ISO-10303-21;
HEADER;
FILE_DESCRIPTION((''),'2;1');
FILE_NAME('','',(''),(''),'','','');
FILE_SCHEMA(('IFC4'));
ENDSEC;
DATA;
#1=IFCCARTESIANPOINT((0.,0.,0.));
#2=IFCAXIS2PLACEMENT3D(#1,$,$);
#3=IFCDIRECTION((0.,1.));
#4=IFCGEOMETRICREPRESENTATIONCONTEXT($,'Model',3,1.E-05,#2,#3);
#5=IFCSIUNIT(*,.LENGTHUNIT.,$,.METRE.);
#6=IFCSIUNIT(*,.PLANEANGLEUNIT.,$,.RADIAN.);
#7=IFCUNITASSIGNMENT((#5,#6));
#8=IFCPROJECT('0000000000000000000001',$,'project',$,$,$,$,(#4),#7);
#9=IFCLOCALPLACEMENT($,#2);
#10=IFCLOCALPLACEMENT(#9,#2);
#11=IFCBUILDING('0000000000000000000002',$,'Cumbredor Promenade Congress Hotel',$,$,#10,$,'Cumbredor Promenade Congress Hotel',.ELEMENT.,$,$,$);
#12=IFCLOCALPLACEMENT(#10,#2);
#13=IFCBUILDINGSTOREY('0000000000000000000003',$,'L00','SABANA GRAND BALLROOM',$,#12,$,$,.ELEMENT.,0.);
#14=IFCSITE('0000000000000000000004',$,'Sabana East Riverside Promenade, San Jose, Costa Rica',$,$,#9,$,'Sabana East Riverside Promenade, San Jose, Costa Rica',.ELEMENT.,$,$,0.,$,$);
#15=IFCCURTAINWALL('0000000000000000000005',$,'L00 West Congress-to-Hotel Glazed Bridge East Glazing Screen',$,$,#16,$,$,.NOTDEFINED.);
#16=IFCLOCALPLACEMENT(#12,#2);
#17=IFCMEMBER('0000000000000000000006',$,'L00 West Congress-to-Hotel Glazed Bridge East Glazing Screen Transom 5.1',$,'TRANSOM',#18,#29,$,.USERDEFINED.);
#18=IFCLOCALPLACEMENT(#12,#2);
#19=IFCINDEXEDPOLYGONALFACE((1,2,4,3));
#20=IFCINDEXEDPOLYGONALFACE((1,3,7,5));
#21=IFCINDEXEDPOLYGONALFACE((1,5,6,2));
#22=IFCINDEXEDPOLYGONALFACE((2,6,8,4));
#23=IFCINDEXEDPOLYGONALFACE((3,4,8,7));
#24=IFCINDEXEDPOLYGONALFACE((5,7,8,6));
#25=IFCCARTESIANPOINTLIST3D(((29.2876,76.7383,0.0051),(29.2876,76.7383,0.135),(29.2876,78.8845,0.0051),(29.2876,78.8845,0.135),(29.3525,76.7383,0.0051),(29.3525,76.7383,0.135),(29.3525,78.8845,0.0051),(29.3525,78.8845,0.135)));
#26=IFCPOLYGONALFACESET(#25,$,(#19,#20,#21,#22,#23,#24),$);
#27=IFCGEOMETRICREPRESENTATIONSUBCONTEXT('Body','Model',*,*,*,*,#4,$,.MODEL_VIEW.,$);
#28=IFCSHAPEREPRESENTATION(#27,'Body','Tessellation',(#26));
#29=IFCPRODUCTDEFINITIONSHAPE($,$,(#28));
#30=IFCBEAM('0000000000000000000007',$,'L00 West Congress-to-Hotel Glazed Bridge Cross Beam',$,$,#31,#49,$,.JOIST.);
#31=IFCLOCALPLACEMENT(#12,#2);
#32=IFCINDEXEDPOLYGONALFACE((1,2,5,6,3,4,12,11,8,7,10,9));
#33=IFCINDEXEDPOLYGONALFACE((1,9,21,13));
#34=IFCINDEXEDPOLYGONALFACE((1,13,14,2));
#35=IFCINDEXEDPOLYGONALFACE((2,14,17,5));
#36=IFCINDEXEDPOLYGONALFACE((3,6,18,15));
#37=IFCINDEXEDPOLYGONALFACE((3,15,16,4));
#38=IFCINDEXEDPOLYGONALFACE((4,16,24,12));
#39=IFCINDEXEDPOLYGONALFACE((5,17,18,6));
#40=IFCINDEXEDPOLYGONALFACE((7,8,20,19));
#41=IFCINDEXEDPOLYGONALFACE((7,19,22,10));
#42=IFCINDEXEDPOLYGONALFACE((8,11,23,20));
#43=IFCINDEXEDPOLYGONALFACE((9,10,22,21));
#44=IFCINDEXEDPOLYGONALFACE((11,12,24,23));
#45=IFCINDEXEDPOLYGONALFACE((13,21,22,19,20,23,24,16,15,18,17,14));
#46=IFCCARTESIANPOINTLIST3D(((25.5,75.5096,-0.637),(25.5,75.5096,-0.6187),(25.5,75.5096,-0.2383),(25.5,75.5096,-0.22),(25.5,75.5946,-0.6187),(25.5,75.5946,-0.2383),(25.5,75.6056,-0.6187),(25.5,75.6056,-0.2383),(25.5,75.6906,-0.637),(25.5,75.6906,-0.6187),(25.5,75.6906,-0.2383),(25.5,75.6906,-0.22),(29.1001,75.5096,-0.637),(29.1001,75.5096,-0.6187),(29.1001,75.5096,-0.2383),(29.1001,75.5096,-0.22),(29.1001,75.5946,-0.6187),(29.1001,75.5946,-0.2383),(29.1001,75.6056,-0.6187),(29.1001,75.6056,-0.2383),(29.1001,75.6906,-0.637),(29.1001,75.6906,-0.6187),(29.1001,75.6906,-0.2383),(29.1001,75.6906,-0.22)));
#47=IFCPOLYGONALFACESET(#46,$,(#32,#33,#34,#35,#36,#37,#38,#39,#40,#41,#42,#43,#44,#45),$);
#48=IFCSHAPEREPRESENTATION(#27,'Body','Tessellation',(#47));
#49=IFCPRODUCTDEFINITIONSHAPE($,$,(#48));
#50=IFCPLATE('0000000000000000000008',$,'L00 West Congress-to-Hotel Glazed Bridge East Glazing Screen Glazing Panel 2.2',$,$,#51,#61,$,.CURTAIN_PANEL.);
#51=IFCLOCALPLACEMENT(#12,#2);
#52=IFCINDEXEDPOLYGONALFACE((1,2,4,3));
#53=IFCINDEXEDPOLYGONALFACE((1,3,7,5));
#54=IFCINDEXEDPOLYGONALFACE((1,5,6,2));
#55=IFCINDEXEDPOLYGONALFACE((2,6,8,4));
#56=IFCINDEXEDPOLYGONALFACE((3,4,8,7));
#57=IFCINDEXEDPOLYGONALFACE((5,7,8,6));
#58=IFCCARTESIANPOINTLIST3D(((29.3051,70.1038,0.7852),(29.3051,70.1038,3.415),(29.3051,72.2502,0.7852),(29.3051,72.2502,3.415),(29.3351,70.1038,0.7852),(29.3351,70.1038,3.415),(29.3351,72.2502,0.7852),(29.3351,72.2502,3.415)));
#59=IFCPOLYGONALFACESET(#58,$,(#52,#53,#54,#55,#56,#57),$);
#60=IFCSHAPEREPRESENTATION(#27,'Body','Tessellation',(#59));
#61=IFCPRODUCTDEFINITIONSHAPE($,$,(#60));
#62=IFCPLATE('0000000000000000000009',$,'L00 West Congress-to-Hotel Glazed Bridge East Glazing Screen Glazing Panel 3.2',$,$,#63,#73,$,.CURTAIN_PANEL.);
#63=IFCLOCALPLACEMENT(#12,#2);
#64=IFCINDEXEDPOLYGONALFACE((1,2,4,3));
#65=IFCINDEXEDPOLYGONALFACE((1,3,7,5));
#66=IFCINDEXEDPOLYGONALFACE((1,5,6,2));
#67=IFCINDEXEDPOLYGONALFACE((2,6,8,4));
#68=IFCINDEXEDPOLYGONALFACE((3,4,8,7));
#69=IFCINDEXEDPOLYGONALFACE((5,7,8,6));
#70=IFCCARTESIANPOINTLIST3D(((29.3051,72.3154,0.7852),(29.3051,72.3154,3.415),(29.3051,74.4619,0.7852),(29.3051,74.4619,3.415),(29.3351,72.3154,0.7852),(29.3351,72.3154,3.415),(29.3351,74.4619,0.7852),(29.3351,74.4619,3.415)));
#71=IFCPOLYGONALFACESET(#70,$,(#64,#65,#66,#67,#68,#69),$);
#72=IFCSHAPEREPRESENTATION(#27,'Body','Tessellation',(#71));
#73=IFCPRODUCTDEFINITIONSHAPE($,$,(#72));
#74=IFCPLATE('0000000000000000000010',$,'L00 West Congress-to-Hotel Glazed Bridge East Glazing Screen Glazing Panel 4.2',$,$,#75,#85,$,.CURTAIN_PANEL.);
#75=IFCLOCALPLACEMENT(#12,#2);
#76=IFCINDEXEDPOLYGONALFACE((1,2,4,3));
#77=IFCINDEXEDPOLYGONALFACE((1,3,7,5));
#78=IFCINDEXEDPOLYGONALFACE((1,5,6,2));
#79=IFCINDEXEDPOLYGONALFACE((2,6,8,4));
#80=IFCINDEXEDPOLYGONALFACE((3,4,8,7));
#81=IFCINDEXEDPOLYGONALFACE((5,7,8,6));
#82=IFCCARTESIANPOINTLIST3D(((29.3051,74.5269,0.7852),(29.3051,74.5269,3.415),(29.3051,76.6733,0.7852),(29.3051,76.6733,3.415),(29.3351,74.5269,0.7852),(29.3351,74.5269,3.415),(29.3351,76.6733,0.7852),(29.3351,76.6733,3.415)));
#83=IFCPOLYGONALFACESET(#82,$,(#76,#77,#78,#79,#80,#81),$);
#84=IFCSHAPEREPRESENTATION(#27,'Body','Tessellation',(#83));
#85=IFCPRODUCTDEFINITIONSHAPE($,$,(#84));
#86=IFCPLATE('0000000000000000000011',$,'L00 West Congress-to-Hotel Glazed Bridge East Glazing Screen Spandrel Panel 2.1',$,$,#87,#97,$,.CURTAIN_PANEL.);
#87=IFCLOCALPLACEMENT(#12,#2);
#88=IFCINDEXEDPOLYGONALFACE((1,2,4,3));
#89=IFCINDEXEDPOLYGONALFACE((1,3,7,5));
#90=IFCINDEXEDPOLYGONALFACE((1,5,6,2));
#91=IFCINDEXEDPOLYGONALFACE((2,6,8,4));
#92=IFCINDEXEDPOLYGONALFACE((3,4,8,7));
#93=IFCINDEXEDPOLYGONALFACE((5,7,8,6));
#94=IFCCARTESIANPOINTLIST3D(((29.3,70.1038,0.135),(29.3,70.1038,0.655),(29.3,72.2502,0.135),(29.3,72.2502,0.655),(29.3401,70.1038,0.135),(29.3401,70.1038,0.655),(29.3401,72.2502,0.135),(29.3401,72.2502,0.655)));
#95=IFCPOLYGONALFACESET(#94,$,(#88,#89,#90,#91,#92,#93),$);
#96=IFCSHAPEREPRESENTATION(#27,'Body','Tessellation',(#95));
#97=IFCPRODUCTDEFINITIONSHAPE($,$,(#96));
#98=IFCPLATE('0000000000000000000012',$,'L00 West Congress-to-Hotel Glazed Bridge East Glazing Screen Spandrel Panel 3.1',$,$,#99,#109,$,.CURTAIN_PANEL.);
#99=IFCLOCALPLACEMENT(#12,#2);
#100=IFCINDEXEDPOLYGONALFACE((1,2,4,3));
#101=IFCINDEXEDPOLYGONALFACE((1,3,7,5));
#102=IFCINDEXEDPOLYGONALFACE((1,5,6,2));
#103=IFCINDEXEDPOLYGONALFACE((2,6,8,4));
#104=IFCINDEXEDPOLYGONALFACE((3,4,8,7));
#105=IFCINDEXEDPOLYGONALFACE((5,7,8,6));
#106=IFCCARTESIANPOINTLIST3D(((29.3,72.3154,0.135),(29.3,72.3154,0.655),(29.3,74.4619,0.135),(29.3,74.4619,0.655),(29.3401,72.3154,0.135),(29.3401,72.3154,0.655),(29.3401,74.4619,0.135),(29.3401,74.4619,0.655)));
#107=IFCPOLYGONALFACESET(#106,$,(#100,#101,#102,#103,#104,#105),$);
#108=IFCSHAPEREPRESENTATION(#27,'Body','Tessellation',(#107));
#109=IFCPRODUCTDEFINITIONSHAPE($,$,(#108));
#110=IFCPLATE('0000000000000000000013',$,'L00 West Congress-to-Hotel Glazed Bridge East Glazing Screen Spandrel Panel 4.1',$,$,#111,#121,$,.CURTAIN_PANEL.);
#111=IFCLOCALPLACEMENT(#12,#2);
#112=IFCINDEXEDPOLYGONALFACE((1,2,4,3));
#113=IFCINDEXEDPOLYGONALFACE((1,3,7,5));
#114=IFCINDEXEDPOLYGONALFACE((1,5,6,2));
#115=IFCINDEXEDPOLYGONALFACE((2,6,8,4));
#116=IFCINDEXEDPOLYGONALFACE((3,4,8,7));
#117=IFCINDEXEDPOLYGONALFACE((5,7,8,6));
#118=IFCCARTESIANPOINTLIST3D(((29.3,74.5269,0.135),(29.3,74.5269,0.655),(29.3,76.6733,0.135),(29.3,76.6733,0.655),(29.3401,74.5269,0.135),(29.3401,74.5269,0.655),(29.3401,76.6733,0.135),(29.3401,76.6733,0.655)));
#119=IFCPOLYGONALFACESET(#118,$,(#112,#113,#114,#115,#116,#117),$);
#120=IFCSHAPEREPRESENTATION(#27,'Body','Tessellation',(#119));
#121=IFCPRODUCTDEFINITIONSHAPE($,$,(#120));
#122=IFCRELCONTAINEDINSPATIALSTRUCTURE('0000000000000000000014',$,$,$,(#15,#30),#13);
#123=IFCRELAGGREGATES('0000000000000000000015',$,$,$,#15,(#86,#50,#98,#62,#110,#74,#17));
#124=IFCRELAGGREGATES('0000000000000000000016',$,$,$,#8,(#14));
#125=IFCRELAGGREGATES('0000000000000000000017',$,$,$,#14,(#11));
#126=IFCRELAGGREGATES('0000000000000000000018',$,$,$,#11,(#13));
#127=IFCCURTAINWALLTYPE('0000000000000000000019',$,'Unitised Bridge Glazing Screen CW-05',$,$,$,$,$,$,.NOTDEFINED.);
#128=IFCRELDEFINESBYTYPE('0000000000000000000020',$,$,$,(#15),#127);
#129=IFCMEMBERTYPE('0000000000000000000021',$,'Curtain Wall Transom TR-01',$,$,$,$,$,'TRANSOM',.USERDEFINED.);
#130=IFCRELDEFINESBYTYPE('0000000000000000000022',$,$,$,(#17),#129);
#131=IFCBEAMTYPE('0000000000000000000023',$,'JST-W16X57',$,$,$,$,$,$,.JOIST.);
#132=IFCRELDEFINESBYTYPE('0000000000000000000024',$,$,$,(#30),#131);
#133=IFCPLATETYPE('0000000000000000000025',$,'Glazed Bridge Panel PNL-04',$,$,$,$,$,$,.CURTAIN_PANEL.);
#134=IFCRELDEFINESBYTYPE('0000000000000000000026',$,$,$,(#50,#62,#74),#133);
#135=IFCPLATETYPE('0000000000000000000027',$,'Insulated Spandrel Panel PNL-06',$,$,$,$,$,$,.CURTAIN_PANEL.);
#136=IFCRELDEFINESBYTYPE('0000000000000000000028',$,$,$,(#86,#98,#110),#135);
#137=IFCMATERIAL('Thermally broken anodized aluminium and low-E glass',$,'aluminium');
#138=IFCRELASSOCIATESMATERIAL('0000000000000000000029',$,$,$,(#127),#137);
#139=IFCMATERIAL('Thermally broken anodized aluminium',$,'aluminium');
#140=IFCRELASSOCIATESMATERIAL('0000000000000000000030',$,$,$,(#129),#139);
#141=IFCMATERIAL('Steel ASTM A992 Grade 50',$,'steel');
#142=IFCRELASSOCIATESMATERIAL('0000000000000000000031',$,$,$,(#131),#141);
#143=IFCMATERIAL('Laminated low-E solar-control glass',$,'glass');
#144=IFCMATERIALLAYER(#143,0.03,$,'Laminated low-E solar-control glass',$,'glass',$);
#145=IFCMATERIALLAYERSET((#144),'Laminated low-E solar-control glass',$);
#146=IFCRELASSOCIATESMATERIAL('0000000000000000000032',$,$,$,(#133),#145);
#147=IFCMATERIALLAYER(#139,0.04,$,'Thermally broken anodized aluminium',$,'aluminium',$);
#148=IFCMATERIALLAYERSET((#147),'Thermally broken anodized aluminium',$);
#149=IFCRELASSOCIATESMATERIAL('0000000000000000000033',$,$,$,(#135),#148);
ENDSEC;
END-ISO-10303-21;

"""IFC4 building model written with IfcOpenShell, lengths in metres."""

from ifc_helpers import new_model, si_unit, direction, frame, origin, origin_2d, place, context, subcontext, project, spatial, rectangle, i_section, extrude, material, layer, layer_set, material_profile, profile_set, type_object, element, aggregate, save


model = new_model("IFC4")

# Units and contexts
model_context = context("Model", 3, precision=1e-05, world=origin(), true_north=direction((0.0, 1.0)))
body_context = subcontext(model_context, "Body", "Model", "MODEL_VIEW")
ifc_project = project(units=[si_unit("LENGTHUNIT", "METRE"), si_unit("PLANEANGLEUNIT", "RADIAN")], contexts=[model_context])

# Site, building, storey
site_placement = place(None, origin())
site = spatial("IfcSite", under=ifc_project, at=site_placement, Name="Sabana East Riverside Promenade, San Jose, Costa Rica", LongName="Sabana East Riverside Promenade, San Jose, Costa Rica", CompositionType="ELEMENT", RefElevation=0.0)
building_placement = place(site_placement, origin())
building = spatial("IfcBuilding", under=site, at=building_placement, Name="Cumbredor Promenade Congress Hotel", LongName="Cumbredor Promenade Congress Hotel", CompositionType="ELEMENT")
storey_placement = place(building_placement, origin())
storey = spatial("IfcBuildingStorey", under=building, at=storey_placement, Name="L00", Description="SABANA GRAND BALLROOM", CompositionType="ELEMENT", Elevation=0.0)

# Shared definitions
ifc_material_1 = material(Name="Thermally broken anodized aluminium and low-E glass", Category="aluminium")
curtain_wall_type = type_object("IfcCurtainWallType", Name="Unitised Bridge Glazing Screen CW-05", PredefinedType="NOTDEFINED", material=ifc_material_1)
ifc_material_2 = material(Name="Thermally broken anodized aluminium", Category="aluminium")

# Curtain wall
curtain_wall_1_placement = place(storey_placement, origin())
curtain_wall_1 = element("IfcCurtainWall", 1, at=curtain_wall_1_placement, inside=storey, type_object=curtain_wall_type, Name="L00 West Congress-to-Hotel Glazed Bridge East Glazing Screen", PredefinedType="NOTDEFINED")

# Member
ifc_material_profile_1 = material_profile(ifc_material_2, rectangle(XDim=0.0649, YDim=0.1299, at=origin_2d()), Name="ALU TRANSOM 65x130")
ifc_profile_set_1 = profile_set([ifc_material_profile_1], Name="Thermally broken anodized aluminium")
member_type_1 = type_object("IfcMemberType", Name="Curtain Wall Transom TR-01", ElementType="TRANSOM", PredefinedType="USERDEFINED", material=ifc_profile_set_1)
member_1_placement = place(storey_placement, frame((29.3201, 76.7383, 0.0701), z_axis=(0.0, 1.0, 0.0), x_axis=(-1.0, 0.0, 0.0)))
member_1 = element("IfcMember", 2, at=member_1_placement, type_object=member_type_1, Name="L00 West Congress-to-Hotel Glazed Bridge East Glazing Screen Transom 5.1", ObjectType="TRANSOM", PredefinedType="USERDEFINED", context=body_context, shape_type="SweptSolid", body=[
    extrude(rectangle(XDim=0.0649, YDim=0.1299, at=origin_2d()), origin(), (0.0, 0.0, 1.0), 2.1462),
])

# Beam
ifc_material_3 = material(Name="Steel ASTM A992 Grade 50", Category="steel")
ifc_material_profile_2 = material_profile(ifc_material_3, i_section(OverallWidth=0.1809, OverallDepth=0.417, WebThickness=0.011, FlangeThickness=0.0183, at=origin_2d()), Name="W16X57")
ifc_profile_set_2 = profile_set([ifc_material_profile_2], Name="Steel ASTM A992 Grade 50")
beam_type = type_object("IfcBeamType", Name="JST-W16X57", PredefinedType="JOIST", material=ifc_profile_set_2)
beam_placement = place(storey_placement, frame((25.5, 75.6001, -0.4285), z_axis=(1.0, 0.0, 0.0), x_axis=(0.0, 1.0, 0.0)))
element("IfcBeam", 3, at=beam_placement, inside=storey, type_object=beam_type, Name="L00 West Congress-to-Hotel Glazed Bridge Cross Beam", PredefinedType="JOIST", context=body_context, shape_type="SweptSolid", body=[
    extrude(i_section(OverallWidth=0.1809, OverallDepth=0.417, WebThickness=0.011, FlangeThickness=0.0183, at=origin_2d()), origin(), (0.0, 0.0, 1.0), 3.6001),
])

# Plates
ifc_material_4 = material(Name="Laminated low-E solar-control glass", Category="glass")
ifc_layer_1 = layer(ifc_material_4, 0.03, Name="Laminated low-E solar-control glass", Category="glass")
ifc_layer_set_1 = layer_set([ifc_layer_1], Name="Laminated low-E solar-control glass")
plate_type_1 = type_object("IfcPlateType", Name="Glazed Bridge Panel PNL-04", PredefinedType="CURTAIN_PANEL", material=ifc_layer_set_1)
plate_1_placement = place(storey_placement, frame((29.3201, 71.177, 0.7852), z_axis=(0.0, 0.0, 1.0), x_axis=(0.0, 1.0, 0.0)))
plate_1 = element("IfcPlate", 4, at=plate_1_placement, type_object=plate_type_1, Name="L00 West Congress-to-Hotel Glazed Bridge East Glazing Screen Glazing Panel 2.2", PredefinedType="CURTAIN_PANEL", context=body_context, shape_type="SweptSolid", body=[
    extrude(rectangle(XDim=2.1465, YDim=0.03, at=origin_2d()), origin(), (0.0, 0.0, 1.0), 2.6299),
])
plate_2_placement = place(storey_placement, frame((29.3201, 73.3887, 0.7852), z_axis=(0.0, 0.0, 1.0), x_axis=(0.0, 1.0, 0.0)))
plate_2 = element("IfcPlate", 5, at=plate_2_placement, type_object=plate_type_1, Name="L00 West Congress-to-Hotel Glazed Bridge East Glazing Screen Glazing Panel 3.2", PredefinedType="CURTAIN_PANEL", context=body_context, shape_type="SweptSolid", body=[
    extrude(rectangle(XDim=2.1465, YDim=0.03, at=origin_2d()), origin(), (0.0, 0.0, 1.0), 2.6299),
])
plate_3_placement = place(storey_placement, frame((29.3201, 75.6001, 0.7852), z_axis=(0.0, 0.0, 1.0), x_axis=(0.0, 1.0, 0.0)))
plate_3 = element("IfcPlate", 6, at=plate_3_placement, type_object=plate_type_1, Name="L00 West Congress-to-Hotel Glazed Bridge East Glazing Screen Glazing Panel 4.2", PredefinedType="CURTAIN_PANEL", context=body_context, shape_type="SweptSolid", body=[
    extrude(rectangle(XDim=2.1465, YDim=0.03, at=origin_2d()), origin(), (0.0, 0.0, 1.0), 2.6299),
])
ifc_layer_2 = layer(ifc_material_2, 0.04, Name="Thermally broken anodized aluminium", Category="aluminium")
ifc_layer_set_2 = layer_set([ifc_layer_2], Name="Thermally broken anodized aluminium")
plate_type_2 = type_object("IfcPlateType", Name="Insulated Spandrel Panel PNL-06", PredefinedType="CURTAIN_PANEL", material=ifc_layer_set_2)
plate_4_placement = place(storey_placement, frame((29.3201, 71.177, 0.135), z_axis=(0.0, 0.0, 1.0), x_axis=(0.0, 1.0, 0.0)))
plate_4 = element("IfcPlate", 7, at=plate_4_placement, type_object=plate_type_2, Name="L00 West Congress-to-Hotel Glazed Bridge East Glazing Screen Spandrel Panel 2.1", PredefinedType="CURTAIN_PANEL", context=body_context, shape_type="SweptSolid", body=[
    extrude(rectangle(XDim=2.1465, YDim=0.04, at=origin_2d()), origin(), (0.0, 0.0, 1.0), 0.52),
])
plate_5_placement = place(storey_placement, frame((29.3201, 73.3887, 0.135), z_axis=(0.0, 0.0, 1.0), x_axis=(0.0, 1.0, 0.0)))
plate_5 = element("IfcPlate", 8, at=plate_5_placement, type_object=plate_type_2, Name="L00 West Congress-to-Hotel Glazed Bridge East Glazing Screen Spandrel Panel 3.1", PredefinedType="CURTAIN_PANEL", context=body_context, shape_type="SweptSolid", body=[
    extrude(rectangle(XDim=2.1465, YDim=0.04, at=origin_2d()), origin(), (0.0, 0.0, 1.0), 0.52),
])
plate_6_placement = place(storey_placement, frame((29.3201, 75.6001, 0.135), z_axis=(0.0, 0.0, 1.0), x_axis=(0.0, 1.0, 0.0)))
plate_6 = element("IfcPlate", 9, at=plate_6_placement, type_object=plate_type_2, Name="L00 West Congress-to-Hotel Glazed Bridge East Glazing Screen Spandrel Panel 4.1", PredefinedType="CURTAIN_PANEL", context=body_context, shape_type="SweptSolid", body=[
    extrude(rectangle(XDim=2.1465, YDim=0.04, at=origin_2d()), origin(), (0.0, 0.0, 1.0), 0.52),
])
aggregate(curtain_wall_1, [plate_4, plate_1, plate_5, plate_2, plate_6, plate_3, member_1])

save(model, "model.ifc")
